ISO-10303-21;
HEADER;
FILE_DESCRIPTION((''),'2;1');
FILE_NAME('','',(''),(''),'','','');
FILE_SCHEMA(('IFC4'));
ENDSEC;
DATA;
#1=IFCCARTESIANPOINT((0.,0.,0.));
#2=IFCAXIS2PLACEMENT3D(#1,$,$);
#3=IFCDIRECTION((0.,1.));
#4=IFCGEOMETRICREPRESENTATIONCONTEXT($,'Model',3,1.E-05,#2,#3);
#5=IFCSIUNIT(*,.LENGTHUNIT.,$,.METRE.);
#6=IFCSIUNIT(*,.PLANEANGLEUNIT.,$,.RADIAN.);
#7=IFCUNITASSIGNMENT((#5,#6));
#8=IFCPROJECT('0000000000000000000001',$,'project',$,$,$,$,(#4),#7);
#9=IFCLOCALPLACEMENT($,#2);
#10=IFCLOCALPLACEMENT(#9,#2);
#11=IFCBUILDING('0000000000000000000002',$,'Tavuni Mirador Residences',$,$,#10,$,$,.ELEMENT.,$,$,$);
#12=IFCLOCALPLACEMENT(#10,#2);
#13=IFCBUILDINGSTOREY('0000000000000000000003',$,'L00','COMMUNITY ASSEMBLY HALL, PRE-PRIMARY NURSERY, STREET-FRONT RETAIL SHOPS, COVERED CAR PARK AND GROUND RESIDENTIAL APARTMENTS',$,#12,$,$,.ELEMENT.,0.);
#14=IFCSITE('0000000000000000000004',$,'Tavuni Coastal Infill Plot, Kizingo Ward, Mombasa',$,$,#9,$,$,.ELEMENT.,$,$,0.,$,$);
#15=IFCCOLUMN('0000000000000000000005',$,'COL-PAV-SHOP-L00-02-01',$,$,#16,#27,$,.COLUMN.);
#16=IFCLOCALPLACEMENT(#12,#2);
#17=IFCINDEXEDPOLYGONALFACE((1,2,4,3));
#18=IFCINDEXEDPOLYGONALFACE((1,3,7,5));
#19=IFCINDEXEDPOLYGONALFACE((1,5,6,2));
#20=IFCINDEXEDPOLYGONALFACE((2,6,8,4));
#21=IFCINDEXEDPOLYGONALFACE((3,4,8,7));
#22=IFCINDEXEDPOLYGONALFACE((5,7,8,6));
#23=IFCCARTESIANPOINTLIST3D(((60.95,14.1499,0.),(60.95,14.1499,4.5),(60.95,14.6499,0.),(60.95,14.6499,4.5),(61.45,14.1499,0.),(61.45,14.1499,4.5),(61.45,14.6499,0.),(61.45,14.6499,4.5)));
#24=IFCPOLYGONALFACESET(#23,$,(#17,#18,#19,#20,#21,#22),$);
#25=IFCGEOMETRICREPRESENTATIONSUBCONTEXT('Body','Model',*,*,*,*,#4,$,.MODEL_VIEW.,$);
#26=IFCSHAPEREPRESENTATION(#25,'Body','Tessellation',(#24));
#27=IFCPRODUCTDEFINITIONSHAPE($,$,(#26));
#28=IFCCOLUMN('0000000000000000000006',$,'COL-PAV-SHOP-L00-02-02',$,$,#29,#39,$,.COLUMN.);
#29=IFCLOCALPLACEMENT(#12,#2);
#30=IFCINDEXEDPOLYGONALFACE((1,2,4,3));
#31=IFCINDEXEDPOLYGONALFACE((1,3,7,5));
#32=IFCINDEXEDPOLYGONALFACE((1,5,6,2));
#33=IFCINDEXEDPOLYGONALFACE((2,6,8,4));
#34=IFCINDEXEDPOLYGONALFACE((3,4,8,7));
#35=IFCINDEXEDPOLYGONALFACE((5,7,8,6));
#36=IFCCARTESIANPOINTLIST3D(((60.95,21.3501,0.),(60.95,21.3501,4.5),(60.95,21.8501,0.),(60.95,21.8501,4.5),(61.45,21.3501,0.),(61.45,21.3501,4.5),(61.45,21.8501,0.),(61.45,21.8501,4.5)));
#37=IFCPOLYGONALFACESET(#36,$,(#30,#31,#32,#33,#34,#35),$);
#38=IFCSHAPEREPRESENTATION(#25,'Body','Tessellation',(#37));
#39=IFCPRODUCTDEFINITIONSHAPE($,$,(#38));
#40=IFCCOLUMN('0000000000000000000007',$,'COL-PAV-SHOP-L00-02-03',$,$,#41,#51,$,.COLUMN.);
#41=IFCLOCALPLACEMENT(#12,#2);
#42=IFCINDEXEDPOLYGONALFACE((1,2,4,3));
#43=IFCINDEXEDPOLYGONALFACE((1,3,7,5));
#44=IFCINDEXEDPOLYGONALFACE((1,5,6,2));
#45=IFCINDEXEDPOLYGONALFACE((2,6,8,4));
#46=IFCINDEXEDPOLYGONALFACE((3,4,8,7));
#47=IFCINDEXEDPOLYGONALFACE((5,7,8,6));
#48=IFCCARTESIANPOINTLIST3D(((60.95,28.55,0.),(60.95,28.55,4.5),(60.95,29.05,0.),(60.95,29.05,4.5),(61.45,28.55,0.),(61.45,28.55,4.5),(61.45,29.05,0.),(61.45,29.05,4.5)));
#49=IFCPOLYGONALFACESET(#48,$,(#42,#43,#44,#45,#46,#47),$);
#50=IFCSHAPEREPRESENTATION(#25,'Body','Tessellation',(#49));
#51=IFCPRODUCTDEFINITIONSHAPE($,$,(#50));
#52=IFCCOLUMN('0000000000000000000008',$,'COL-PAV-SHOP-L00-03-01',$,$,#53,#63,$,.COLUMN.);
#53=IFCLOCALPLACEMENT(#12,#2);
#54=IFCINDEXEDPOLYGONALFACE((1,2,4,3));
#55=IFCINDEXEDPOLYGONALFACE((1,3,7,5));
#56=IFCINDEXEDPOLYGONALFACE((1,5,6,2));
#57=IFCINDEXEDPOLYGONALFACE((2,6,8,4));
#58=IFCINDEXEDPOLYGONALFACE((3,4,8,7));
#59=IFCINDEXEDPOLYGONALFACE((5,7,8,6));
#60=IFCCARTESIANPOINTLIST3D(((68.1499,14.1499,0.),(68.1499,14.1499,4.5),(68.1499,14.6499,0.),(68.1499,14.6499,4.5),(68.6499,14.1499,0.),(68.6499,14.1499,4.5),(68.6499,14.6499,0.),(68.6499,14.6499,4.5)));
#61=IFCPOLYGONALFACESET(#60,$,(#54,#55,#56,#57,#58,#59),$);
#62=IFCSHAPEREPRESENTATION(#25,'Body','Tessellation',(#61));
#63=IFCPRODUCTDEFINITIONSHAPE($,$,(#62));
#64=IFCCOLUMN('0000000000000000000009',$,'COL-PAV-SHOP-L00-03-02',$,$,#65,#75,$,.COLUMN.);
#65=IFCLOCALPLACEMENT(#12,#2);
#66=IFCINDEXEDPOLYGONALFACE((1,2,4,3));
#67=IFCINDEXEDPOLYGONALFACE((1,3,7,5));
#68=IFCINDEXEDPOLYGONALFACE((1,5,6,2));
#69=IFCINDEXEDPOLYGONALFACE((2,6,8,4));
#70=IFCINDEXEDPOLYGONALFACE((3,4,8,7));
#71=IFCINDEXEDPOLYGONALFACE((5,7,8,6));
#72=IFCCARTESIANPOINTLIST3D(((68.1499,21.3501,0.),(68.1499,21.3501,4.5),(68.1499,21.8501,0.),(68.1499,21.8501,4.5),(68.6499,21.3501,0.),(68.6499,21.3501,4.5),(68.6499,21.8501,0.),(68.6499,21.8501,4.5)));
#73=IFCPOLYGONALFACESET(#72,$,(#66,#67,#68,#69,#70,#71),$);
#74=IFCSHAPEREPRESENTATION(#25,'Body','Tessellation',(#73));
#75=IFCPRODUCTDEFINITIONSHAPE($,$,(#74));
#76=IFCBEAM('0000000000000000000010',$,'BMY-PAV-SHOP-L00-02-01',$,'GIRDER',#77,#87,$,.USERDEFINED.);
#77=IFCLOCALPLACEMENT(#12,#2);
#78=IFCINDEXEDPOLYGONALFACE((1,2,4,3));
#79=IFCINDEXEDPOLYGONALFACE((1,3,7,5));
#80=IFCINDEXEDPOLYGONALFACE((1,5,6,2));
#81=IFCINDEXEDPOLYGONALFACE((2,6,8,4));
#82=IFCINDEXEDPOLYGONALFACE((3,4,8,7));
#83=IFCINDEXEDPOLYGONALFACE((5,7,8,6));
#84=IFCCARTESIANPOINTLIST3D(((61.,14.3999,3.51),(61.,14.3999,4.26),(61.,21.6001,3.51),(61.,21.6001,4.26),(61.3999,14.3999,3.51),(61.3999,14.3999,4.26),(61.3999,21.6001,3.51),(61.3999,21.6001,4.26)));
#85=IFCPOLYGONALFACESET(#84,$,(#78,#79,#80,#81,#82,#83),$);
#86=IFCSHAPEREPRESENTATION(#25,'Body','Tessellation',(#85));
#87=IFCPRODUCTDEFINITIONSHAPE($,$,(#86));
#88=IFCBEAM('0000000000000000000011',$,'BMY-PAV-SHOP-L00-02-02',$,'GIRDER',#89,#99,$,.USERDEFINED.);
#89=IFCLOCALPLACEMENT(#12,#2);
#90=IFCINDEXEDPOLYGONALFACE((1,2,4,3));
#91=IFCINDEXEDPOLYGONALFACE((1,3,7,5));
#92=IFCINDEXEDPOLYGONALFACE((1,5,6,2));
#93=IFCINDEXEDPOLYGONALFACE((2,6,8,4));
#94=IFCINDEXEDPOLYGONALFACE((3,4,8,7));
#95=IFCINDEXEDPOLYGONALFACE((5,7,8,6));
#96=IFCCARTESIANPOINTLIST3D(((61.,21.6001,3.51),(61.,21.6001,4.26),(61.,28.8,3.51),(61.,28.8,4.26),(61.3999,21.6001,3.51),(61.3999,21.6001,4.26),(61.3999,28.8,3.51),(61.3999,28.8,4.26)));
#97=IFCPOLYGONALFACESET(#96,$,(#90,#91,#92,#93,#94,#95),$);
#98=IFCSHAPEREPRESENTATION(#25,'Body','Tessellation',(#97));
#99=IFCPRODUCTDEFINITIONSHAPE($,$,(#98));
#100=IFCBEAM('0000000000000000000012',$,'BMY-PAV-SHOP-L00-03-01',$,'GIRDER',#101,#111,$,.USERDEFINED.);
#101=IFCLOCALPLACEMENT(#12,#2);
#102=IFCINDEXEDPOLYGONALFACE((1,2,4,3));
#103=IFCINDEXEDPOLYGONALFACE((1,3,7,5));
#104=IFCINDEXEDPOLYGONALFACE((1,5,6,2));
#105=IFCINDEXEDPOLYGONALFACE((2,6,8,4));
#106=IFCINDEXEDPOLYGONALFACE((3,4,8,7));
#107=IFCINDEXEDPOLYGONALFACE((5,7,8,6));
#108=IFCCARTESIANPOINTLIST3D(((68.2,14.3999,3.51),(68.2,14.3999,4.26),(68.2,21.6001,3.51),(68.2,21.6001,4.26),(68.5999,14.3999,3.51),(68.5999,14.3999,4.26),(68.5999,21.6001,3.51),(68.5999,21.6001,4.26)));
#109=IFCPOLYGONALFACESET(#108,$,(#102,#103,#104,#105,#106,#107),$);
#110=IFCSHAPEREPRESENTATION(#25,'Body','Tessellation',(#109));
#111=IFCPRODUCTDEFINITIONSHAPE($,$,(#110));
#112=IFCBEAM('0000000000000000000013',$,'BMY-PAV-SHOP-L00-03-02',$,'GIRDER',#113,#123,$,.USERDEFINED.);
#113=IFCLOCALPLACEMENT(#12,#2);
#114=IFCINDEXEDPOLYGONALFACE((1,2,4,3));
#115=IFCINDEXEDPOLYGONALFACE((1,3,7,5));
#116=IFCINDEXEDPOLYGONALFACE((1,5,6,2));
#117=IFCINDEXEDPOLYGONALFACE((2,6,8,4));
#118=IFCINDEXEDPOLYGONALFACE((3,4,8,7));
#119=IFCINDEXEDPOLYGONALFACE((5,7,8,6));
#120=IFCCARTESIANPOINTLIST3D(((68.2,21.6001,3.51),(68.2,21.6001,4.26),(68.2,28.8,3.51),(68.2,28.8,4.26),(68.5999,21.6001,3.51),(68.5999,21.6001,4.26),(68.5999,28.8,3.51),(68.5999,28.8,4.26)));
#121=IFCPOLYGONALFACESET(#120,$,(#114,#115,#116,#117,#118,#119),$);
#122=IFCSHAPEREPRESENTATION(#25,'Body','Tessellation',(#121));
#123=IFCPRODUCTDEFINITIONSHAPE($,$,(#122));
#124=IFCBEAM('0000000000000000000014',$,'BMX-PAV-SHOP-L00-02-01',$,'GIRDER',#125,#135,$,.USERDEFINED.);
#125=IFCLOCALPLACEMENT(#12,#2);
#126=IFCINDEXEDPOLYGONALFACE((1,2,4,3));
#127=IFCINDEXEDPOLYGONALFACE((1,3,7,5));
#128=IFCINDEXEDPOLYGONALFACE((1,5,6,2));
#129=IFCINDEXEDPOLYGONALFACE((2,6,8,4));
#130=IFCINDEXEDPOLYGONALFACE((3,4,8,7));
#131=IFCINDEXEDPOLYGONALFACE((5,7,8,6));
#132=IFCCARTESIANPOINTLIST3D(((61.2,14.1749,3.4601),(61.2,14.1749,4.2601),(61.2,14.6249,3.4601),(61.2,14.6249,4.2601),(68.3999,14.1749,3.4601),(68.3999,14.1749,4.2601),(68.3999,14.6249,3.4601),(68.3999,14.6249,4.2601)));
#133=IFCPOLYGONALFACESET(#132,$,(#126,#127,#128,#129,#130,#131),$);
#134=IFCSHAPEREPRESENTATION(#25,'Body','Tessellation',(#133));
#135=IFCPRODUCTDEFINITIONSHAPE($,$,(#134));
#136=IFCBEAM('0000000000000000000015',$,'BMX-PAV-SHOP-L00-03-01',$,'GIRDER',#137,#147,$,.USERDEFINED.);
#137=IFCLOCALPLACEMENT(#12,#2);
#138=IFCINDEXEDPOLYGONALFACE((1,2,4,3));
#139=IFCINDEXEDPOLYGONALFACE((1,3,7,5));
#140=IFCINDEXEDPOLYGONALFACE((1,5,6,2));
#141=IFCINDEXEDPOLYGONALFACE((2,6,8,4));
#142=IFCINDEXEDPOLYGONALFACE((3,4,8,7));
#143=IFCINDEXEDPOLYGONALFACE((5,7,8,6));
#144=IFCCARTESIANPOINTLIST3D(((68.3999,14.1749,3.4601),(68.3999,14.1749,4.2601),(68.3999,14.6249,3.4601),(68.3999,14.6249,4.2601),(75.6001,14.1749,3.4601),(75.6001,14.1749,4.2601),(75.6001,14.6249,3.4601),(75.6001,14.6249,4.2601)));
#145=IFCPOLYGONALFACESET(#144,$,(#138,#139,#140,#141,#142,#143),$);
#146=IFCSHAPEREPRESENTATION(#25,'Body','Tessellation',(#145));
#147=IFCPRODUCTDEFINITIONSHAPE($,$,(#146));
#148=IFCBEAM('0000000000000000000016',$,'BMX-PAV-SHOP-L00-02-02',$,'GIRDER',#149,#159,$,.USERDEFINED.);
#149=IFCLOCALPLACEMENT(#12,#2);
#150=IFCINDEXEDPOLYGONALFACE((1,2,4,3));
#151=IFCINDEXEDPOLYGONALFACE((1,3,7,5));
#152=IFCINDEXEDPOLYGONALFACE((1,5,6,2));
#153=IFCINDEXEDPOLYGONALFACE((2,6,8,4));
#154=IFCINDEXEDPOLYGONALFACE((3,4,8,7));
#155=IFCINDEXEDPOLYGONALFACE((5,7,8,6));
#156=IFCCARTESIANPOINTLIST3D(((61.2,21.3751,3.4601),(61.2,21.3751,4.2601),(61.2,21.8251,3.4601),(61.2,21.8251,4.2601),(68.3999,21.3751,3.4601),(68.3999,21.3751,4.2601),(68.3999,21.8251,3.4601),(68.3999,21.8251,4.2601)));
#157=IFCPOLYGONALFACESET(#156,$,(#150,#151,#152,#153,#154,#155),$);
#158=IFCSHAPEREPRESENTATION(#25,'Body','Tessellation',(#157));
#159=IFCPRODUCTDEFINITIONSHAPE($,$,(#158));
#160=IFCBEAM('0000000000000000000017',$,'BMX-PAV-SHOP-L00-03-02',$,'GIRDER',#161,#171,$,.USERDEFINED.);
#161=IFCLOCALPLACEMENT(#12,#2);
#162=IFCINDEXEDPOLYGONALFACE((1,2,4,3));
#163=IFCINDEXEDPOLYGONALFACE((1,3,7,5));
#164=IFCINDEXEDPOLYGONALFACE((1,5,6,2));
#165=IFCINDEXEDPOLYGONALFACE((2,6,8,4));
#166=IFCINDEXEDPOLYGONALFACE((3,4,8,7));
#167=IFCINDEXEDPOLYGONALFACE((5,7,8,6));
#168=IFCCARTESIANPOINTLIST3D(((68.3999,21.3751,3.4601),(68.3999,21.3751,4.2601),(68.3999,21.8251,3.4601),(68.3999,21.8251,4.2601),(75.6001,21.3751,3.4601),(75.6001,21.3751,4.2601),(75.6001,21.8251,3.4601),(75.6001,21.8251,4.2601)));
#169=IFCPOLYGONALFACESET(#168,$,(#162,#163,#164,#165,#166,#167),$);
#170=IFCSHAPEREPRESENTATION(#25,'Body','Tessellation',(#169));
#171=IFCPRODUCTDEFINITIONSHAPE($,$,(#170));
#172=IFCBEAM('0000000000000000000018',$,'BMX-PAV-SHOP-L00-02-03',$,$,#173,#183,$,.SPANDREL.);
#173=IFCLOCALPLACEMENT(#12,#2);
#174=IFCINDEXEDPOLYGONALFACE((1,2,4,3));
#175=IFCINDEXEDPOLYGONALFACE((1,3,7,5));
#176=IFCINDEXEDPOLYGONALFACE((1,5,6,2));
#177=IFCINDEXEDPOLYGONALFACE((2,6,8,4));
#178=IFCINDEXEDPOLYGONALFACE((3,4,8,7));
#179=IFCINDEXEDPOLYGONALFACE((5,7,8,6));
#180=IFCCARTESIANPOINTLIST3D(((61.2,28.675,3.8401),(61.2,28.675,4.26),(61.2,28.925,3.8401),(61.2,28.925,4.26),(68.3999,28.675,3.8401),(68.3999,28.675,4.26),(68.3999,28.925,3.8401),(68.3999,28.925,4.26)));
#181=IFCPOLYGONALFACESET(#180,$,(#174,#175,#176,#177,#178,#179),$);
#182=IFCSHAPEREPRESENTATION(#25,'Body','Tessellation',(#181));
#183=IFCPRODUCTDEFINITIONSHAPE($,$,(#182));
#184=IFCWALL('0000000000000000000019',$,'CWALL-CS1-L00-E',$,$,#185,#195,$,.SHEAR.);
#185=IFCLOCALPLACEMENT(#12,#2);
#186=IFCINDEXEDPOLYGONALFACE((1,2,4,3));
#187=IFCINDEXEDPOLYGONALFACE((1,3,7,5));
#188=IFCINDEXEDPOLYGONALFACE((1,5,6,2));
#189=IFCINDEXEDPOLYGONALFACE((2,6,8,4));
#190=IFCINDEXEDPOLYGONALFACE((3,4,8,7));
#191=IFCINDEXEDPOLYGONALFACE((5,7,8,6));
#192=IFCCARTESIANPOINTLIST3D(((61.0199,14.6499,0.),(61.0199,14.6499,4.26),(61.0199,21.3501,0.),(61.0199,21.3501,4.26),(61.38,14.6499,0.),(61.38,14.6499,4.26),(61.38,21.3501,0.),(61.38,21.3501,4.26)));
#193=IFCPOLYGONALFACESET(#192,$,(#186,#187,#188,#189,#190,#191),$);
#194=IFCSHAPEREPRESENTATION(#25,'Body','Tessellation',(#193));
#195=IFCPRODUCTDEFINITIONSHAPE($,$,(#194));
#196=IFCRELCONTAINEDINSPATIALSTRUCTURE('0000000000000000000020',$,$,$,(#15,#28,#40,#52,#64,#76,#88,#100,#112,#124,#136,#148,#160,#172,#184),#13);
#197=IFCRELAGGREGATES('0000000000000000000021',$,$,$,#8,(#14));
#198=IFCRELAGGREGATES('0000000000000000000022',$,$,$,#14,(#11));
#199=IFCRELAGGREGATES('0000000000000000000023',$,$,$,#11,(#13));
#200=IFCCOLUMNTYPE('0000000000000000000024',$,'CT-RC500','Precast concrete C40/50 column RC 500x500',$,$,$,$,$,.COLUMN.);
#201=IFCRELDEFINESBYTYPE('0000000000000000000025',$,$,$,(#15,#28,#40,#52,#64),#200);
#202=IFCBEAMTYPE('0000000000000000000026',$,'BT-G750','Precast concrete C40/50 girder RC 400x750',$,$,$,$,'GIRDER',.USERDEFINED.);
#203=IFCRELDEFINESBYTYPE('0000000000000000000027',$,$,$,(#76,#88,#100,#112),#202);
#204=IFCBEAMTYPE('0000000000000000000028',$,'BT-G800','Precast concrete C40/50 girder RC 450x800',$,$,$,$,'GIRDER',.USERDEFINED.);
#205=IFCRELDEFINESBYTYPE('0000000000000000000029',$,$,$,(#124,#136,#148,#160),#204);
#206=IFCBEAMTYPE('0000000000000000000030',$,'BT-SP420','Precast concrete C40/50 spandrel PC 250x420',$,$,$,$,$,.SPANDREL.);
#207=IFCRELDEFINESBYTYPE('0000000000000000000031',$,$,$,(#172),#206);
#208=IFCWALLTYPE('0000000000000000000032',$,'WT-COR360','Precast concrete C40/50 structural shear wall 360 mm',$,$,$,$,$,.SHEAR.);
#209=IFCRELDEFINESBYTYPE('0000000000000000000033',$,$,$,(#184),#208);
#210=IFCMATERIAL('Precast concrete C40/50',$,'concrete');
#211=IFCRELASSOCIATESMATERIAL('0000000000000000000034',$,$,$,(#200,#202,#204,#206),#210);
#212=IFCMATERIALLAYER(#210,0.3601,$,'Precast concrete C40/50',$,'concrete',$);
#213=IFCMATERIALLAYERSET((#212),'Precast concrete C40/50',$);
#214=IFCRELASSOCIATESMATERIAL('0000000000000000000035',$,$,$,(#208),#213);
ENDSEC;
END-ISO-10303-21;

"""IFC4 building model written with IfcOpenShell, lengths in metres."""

from ifc_helpers import new_model, si_unit, direction, frame, frame_2d, origin, origin_2d, place, context, subcontext, project, spatial, rectangle, extrude, material, layer, layer_set, material_profile, profile_set, type_object, element, save


model = new_model("IFC4")

# Units and contexts
model_context = context("Model", 3, precision=1e-05, world=origin(), true_north=direction((0.0, 1.0)))
body_context = subcontext(model_context, "Body", "Model", "MODEL_VIEW")
ifc_project = project(units=[si_unit("LENGTHUNIT", "METRE"), si_unit("PLANEANGLEUNIT", "RADIAN")], contexts=[model_context])

# Site, building, storey
site_placement = place(None, origin())
site = spatial("IfcSite", under=ifc_project, at=site_placement, Name="Tavuni Coastal Infill Plot, Kizingo Ward, Mombasa", CompositionType="ELEMENT", RefElevation=0.0)
building_placement = place(site_placement, origin())
building = spatial("IfcBuilding", under=site, at=building_placement, Name="Tavuni Mirador Residences", CompositionType="ELEMENT")
storey_placement = place(building_placement, origin())
storey = spatial("IfcBuildingStorey", under=building, at=storey_placement, Name="L00", Description="COMMUNITY ASSEMBLY HALL, PRE-PRIMARY NURSERY, STREET-FRONT RETAIL SHOPS, COVERED CAR PARK AND GROUND RESIDENTIAL APARTMENTS", CompositionType="ELEMENT", Elevation=0.0)

# Columns
ifc_material_1 = material(Name="Precast concrete C40/50", Category="concrete")
ifc_material_profile_1 = material_profile(ifc_material_1, rectangle(XDim=0.5, YDim=0.5, at=origin_2d()), Name="RC 500x500", Category="concrete")
ifc_profile_set_1 = profile_set([ifc_material_profile_1], Name="Precast concrete C40/50")
column_type = type_object("IfcColumnType", Name="CT-RC500", Description="Precast concrete C40/50 column RC 500x500", PredefinedType="COLUMN", material=ifc_profile_set_1)
for number, where, z_axis, x_axis, name in (
    (1, (61.2, 14.3999, 0.0), (0.0, 0.0, 1.0), (1.0, 0.0, 0.0), "COL-PAV-SHOP-L00-02-01"),
    (2, (61.2, 21.6001, 0.0), (0.0, 0.0, 1.0), (1.0, 0.0, 0.0), "COL-PAV-SHOP-L00-02-02"),
    (3, (61.2, 28.8, 0.0), (0.0, 0.0, 1.0), (1.0, 0.0, 0.0), "COL-PAV-SHOP-L00-02-03"),
    (4, (68.3999, 14.3999, 0.0), (0.0, 0.0, 1.0), (1.0, 0.0, 0.0), "COL-PAV-SHOP-L00-03-01"),
    (5, (68.3999, 21.6001, 0.0), (0.0, 0.0, 1.0), (1.0, 0.0, 0.0), "COL-PAV-SHOP-L00-03-02"),
):
    element("IfcColumn", number, at=place(storey_placement, frame(where, z_axis=z_axis, x_axis=x_axis)), inside=storey, type_object=column_type, Name=name, PredefinedType="COLUMN", context=body_context, shape_type="SweptSolid", body=[
        extrude(rectangle(XDim=0.5, YDim=0.5, at=origin_2d()), origin(), (0.0, 0.0, 1.0), 4.5),
    ])

# Beams
ifc_material_profile_2 = material_profile(ifc_material_1, rectangle(XDim=0.3999, YDim=0.75, at=origin_2d()), Name="RC 400x750", Category="concrete")
ifc_profile_set_2 = profile_set([ifc_material_profile_2], Name="Precast concrete C40/50")
beam_type_1 = type_object("IfcBeamType", Name="BT-G750", Description="Precast concrete C40/50 girder RC 400x750", ElementType="GIRDER", PredefinedType="USERDEFINED", material=ifc_profile_set_2)
beam_1_placement = place(storey_placement, frame((61.2, 14.3999, 3.885), z_axis=(0.0, 1.0, 0.0), x_axis=(-1.0, 0.0, 0.0)))
element("IfcBeam", 6, at=beam_1_placement, inside=storey, type_object=beam_type_1, Name="BMY-PAV-SHOP-L00-02-01", ObjectType="GIRDER", PredefinedType="USERDEFINED", context=body_context, shape_type="SweptSolid", body=[
    extrude(rectangle(XDim=0.3999, YDim=0.75, at=origin_2d()), origin(), (0.0, 0.0, 1.0), 7.2002),
])
beam_2_placement = place(storey_placement, frame((61.2, 21.6001, 3.885), z_axis=(0.0, 1.0, 0.0), x_axis=(-1.0, 0.0, 0.0)))
element("IfcBeam", 7, at=beam_2_placement, inside=storey, type_object=beam_type_1, Name="BMY-PAV-SHOP-L00-02-02", ObjectType="GIRDER", PredefinedType="USERDEFINED", context=body_context, shape_type="SweptSolid", body=[
    extrude(rectangle(XDim=0.3999, YDim=0.75, at=origin_2d()), origin(), (0.0, 0.0, 1.0), 7.2),
])
beam_3_placement = place(storey_placement, frame((68.3999, 14.3999, 3.885), z_axis=(0.0, 1.0, 0.0), x_axis=(-1.0, 0.0, 0.0)))
element("IfcBeam", 8, at=beam_3_placement, inside=storey, type_object=beam_type_1, Name="BMY-PAV-SHOP-L00-03-01", ObjectType="GIRDER", PredefinedType="USERDEFINED", context=body_context, shape_type="SweptSolid", body=[
    extrude(rectangle(XDim=0.3999, YDim=0.75, at=origin_2d()), origin(), (0.0, 0.0, 1.0), 7.2002),
])
beam_4_placement = place(storey_placement, frame((68.3999, 21.6001, 3.885), z_axis=(0.0, 1.0, 0.0), x_axis=(-1.0, 0.0, 0.0)))
element("IfcBeam", 9, at=beam_4_placement, inside=storey, type_object=beam_type_1, Name="BMY-PAV-SHOP-L00-03-02", ObjectType="GIRDER", PredefinedType="USERDEFINED", context=body_context, shape_type="SweptSolid", body=[
    extrude(rectangle(XDim=0.3999, YDim=0.75, at=origin_2d()), origin(), (0.0, 0.0, 1.0), 7.2),
])
ifc_material_profile_3 = material_profile(ifc_material_1, rectangle(XDim=0.45, YDim=0.8, at=origin_2d()), Name="RC 450x800", Category="concrete")
ifc_profile_set_3 = profile_set([ifc_material_profile_3], Name="Precast concrete C40/50")
beam_type_2 = type_object("IfcBeamType", Name="BT-G800", Description="Precast concrete C40/50 girder RC 450x800", ElementType="GIRDER", PredefinedType="USERDEFINED", material=ifc_profile_set_3)
beam_5_placement = place(storey_placement, frame((61.2, 14.3999, 3.8601), z_axis=(1.0, 0.0, 0.0), x_axis=(0.0, 1.0, 0.0)))
element("IfcBeam", 10, at=beam_5_placement, inside=storey, type_object=beam_type_2, Name="BMX-PAV-SHOP-L00-02-01", ObjectType="GIRDER", PredefinedType="USERDEFINED", context=body_context, shape_type="SweptSolid", body=[
    extrude(rectangle(XDim=0.45, YDim=0.8, at=origin_2d()), origin(), (0.0, 0.0, 1.0), 7.2),
])
beam_6_placement = place(storey_placement, frame((68.3999, 14.3999, 3.8601), z_axis=(1.0, 0.0, 0.0), x_axis=(0.0, 1.0, 0.0)))
element("IfcBeam", 11, at=beam_6_placement, inside=storey, type_object=beam_type_2, Name="BMX-PAV-SHOP-L00-03-01", ObjectType="GIRDER", PredefinedType="USERDEFINED", context=body_context, shape_type="SweptSolid", body=[
    extrude(rectangle(XDim=0.45, YDim=0.8, at=origin_2d()), origin(), (0.0, 0.0, 1.0), 7.2002),
])
beam_7_placement = place(storey_placement, frame((61.2, 21.6001, 3.8601), z_axis=(1.0, 0.0, 0.0), x_axis=(0.0, 1.0, 0.0)))
element("IfcBeam", 12, at=beam_7_placement, inside=storey, type_object=beam_type_2, Name="BMX-PAV-SHOP-L00-02-02", ObjectType="GIRDER", PredefinedType="USERDEFINED", context=body_context, shape_type="SweptSolid", body=[
    extrude(rectangle(XDim=0.45, YDim=0.8, at=origin_2d()), origin(), (0.0, 0.0, 1.0), 7.2),
])
beam_8_placement = place(storey_placement, frame((68.3999, 21.6001, 3.8601), z_axis=(1.0, 0.0, 0.0), x_axis=(0.0, 1.0, 0.0)))
element("IfcBeam", 13, at=beam_8_placement, inside=storey, type_object=beam_type_2, Name="BMX-PAV-SHOP-L00-03-02", ObjectType="GIRDER", PredefinedType="USERDEFINED", context=body_context, shape_type="SweptSolid", body=[
    extrude(rectangle(XDim=0.45, YDim=0.8, at=origin_2d()), origin(), (0.0, 0.0, 1.0), 7.2002),
])
ifc_material_profile_4 = material_profile(ifc_material_1, rectangle(XDim=0.25, YDim=0.4199, at=origin_2d()), Name="PC 250x420", Category="concrete")
ifc_profile_set_4 = profile_set([ifc_material_profile_4], Name="Precast concrete C40/50")
beam_type_3 = type_object("IfcBeamType", Name="BT-SP420", Description="Precast concrete C40/50 spandrel PC 250x420", PredefinedType="SPANDREL", material=ifc_profile_set_4)
beam_9_placement = place(storey_placement, frame((61.2, 28.8, 4.05), z_axis=(1.0, 0.0, 0.0), x_axis=(0.0, 1.0, 0.0)))
element("IfcBeam", 14, at=beam_9_placement, inside=storey, type_object=beam_type_3, Name="BMX-PAV-SHOP-L00-02-03", PredefinedType="SPANDREL", context=body_context, shape_type="SweptSolid", body=[
    extrude(rectangle(XDim=0.25, YDim=0.4199, at=origin_2d()), origin(), (0.0, 0.0, 1.0), 7.2),
])

# Wall
ifc_layer_1 = layer(ifc_material_1, 0.3601, Name="Precast concrete C40/50", Category="concrete")
ifc_layer_set_1 = layer_set([ifc_layer_1], Name="Precast concrete C40/50")
wall_type_1 = type_object("IfcWallType", Name="WT-COR360", Description="Precast concrete C40/50 structural shear wall 360 mm", PredefinedType="SHEAR", material=ifc_layer_set_1)
wall_1_placement = place(storey_placement, frame((61.2, 14.6499, 0.0), z_axis=(0.0, 0.0, 1.0), x_axis=(0.0, 1.0, 0.0)))
element("IfcWall", 15, at=wall_1_placement, inside=storey, type_object=wall_type_1, Name="CWALL-CS1-L00-E", PredefinedType="SHEAR", context=body_context, shape_type="SweptSolid", body=[
    extrude(rectangle(XDim=6.7002, YDim=0.3601, at=frame_2d((3.3501, 0.0))), origin(), (0.0, 0.0, 1.0), 4.26),
])

save(model, "model.ifc")
